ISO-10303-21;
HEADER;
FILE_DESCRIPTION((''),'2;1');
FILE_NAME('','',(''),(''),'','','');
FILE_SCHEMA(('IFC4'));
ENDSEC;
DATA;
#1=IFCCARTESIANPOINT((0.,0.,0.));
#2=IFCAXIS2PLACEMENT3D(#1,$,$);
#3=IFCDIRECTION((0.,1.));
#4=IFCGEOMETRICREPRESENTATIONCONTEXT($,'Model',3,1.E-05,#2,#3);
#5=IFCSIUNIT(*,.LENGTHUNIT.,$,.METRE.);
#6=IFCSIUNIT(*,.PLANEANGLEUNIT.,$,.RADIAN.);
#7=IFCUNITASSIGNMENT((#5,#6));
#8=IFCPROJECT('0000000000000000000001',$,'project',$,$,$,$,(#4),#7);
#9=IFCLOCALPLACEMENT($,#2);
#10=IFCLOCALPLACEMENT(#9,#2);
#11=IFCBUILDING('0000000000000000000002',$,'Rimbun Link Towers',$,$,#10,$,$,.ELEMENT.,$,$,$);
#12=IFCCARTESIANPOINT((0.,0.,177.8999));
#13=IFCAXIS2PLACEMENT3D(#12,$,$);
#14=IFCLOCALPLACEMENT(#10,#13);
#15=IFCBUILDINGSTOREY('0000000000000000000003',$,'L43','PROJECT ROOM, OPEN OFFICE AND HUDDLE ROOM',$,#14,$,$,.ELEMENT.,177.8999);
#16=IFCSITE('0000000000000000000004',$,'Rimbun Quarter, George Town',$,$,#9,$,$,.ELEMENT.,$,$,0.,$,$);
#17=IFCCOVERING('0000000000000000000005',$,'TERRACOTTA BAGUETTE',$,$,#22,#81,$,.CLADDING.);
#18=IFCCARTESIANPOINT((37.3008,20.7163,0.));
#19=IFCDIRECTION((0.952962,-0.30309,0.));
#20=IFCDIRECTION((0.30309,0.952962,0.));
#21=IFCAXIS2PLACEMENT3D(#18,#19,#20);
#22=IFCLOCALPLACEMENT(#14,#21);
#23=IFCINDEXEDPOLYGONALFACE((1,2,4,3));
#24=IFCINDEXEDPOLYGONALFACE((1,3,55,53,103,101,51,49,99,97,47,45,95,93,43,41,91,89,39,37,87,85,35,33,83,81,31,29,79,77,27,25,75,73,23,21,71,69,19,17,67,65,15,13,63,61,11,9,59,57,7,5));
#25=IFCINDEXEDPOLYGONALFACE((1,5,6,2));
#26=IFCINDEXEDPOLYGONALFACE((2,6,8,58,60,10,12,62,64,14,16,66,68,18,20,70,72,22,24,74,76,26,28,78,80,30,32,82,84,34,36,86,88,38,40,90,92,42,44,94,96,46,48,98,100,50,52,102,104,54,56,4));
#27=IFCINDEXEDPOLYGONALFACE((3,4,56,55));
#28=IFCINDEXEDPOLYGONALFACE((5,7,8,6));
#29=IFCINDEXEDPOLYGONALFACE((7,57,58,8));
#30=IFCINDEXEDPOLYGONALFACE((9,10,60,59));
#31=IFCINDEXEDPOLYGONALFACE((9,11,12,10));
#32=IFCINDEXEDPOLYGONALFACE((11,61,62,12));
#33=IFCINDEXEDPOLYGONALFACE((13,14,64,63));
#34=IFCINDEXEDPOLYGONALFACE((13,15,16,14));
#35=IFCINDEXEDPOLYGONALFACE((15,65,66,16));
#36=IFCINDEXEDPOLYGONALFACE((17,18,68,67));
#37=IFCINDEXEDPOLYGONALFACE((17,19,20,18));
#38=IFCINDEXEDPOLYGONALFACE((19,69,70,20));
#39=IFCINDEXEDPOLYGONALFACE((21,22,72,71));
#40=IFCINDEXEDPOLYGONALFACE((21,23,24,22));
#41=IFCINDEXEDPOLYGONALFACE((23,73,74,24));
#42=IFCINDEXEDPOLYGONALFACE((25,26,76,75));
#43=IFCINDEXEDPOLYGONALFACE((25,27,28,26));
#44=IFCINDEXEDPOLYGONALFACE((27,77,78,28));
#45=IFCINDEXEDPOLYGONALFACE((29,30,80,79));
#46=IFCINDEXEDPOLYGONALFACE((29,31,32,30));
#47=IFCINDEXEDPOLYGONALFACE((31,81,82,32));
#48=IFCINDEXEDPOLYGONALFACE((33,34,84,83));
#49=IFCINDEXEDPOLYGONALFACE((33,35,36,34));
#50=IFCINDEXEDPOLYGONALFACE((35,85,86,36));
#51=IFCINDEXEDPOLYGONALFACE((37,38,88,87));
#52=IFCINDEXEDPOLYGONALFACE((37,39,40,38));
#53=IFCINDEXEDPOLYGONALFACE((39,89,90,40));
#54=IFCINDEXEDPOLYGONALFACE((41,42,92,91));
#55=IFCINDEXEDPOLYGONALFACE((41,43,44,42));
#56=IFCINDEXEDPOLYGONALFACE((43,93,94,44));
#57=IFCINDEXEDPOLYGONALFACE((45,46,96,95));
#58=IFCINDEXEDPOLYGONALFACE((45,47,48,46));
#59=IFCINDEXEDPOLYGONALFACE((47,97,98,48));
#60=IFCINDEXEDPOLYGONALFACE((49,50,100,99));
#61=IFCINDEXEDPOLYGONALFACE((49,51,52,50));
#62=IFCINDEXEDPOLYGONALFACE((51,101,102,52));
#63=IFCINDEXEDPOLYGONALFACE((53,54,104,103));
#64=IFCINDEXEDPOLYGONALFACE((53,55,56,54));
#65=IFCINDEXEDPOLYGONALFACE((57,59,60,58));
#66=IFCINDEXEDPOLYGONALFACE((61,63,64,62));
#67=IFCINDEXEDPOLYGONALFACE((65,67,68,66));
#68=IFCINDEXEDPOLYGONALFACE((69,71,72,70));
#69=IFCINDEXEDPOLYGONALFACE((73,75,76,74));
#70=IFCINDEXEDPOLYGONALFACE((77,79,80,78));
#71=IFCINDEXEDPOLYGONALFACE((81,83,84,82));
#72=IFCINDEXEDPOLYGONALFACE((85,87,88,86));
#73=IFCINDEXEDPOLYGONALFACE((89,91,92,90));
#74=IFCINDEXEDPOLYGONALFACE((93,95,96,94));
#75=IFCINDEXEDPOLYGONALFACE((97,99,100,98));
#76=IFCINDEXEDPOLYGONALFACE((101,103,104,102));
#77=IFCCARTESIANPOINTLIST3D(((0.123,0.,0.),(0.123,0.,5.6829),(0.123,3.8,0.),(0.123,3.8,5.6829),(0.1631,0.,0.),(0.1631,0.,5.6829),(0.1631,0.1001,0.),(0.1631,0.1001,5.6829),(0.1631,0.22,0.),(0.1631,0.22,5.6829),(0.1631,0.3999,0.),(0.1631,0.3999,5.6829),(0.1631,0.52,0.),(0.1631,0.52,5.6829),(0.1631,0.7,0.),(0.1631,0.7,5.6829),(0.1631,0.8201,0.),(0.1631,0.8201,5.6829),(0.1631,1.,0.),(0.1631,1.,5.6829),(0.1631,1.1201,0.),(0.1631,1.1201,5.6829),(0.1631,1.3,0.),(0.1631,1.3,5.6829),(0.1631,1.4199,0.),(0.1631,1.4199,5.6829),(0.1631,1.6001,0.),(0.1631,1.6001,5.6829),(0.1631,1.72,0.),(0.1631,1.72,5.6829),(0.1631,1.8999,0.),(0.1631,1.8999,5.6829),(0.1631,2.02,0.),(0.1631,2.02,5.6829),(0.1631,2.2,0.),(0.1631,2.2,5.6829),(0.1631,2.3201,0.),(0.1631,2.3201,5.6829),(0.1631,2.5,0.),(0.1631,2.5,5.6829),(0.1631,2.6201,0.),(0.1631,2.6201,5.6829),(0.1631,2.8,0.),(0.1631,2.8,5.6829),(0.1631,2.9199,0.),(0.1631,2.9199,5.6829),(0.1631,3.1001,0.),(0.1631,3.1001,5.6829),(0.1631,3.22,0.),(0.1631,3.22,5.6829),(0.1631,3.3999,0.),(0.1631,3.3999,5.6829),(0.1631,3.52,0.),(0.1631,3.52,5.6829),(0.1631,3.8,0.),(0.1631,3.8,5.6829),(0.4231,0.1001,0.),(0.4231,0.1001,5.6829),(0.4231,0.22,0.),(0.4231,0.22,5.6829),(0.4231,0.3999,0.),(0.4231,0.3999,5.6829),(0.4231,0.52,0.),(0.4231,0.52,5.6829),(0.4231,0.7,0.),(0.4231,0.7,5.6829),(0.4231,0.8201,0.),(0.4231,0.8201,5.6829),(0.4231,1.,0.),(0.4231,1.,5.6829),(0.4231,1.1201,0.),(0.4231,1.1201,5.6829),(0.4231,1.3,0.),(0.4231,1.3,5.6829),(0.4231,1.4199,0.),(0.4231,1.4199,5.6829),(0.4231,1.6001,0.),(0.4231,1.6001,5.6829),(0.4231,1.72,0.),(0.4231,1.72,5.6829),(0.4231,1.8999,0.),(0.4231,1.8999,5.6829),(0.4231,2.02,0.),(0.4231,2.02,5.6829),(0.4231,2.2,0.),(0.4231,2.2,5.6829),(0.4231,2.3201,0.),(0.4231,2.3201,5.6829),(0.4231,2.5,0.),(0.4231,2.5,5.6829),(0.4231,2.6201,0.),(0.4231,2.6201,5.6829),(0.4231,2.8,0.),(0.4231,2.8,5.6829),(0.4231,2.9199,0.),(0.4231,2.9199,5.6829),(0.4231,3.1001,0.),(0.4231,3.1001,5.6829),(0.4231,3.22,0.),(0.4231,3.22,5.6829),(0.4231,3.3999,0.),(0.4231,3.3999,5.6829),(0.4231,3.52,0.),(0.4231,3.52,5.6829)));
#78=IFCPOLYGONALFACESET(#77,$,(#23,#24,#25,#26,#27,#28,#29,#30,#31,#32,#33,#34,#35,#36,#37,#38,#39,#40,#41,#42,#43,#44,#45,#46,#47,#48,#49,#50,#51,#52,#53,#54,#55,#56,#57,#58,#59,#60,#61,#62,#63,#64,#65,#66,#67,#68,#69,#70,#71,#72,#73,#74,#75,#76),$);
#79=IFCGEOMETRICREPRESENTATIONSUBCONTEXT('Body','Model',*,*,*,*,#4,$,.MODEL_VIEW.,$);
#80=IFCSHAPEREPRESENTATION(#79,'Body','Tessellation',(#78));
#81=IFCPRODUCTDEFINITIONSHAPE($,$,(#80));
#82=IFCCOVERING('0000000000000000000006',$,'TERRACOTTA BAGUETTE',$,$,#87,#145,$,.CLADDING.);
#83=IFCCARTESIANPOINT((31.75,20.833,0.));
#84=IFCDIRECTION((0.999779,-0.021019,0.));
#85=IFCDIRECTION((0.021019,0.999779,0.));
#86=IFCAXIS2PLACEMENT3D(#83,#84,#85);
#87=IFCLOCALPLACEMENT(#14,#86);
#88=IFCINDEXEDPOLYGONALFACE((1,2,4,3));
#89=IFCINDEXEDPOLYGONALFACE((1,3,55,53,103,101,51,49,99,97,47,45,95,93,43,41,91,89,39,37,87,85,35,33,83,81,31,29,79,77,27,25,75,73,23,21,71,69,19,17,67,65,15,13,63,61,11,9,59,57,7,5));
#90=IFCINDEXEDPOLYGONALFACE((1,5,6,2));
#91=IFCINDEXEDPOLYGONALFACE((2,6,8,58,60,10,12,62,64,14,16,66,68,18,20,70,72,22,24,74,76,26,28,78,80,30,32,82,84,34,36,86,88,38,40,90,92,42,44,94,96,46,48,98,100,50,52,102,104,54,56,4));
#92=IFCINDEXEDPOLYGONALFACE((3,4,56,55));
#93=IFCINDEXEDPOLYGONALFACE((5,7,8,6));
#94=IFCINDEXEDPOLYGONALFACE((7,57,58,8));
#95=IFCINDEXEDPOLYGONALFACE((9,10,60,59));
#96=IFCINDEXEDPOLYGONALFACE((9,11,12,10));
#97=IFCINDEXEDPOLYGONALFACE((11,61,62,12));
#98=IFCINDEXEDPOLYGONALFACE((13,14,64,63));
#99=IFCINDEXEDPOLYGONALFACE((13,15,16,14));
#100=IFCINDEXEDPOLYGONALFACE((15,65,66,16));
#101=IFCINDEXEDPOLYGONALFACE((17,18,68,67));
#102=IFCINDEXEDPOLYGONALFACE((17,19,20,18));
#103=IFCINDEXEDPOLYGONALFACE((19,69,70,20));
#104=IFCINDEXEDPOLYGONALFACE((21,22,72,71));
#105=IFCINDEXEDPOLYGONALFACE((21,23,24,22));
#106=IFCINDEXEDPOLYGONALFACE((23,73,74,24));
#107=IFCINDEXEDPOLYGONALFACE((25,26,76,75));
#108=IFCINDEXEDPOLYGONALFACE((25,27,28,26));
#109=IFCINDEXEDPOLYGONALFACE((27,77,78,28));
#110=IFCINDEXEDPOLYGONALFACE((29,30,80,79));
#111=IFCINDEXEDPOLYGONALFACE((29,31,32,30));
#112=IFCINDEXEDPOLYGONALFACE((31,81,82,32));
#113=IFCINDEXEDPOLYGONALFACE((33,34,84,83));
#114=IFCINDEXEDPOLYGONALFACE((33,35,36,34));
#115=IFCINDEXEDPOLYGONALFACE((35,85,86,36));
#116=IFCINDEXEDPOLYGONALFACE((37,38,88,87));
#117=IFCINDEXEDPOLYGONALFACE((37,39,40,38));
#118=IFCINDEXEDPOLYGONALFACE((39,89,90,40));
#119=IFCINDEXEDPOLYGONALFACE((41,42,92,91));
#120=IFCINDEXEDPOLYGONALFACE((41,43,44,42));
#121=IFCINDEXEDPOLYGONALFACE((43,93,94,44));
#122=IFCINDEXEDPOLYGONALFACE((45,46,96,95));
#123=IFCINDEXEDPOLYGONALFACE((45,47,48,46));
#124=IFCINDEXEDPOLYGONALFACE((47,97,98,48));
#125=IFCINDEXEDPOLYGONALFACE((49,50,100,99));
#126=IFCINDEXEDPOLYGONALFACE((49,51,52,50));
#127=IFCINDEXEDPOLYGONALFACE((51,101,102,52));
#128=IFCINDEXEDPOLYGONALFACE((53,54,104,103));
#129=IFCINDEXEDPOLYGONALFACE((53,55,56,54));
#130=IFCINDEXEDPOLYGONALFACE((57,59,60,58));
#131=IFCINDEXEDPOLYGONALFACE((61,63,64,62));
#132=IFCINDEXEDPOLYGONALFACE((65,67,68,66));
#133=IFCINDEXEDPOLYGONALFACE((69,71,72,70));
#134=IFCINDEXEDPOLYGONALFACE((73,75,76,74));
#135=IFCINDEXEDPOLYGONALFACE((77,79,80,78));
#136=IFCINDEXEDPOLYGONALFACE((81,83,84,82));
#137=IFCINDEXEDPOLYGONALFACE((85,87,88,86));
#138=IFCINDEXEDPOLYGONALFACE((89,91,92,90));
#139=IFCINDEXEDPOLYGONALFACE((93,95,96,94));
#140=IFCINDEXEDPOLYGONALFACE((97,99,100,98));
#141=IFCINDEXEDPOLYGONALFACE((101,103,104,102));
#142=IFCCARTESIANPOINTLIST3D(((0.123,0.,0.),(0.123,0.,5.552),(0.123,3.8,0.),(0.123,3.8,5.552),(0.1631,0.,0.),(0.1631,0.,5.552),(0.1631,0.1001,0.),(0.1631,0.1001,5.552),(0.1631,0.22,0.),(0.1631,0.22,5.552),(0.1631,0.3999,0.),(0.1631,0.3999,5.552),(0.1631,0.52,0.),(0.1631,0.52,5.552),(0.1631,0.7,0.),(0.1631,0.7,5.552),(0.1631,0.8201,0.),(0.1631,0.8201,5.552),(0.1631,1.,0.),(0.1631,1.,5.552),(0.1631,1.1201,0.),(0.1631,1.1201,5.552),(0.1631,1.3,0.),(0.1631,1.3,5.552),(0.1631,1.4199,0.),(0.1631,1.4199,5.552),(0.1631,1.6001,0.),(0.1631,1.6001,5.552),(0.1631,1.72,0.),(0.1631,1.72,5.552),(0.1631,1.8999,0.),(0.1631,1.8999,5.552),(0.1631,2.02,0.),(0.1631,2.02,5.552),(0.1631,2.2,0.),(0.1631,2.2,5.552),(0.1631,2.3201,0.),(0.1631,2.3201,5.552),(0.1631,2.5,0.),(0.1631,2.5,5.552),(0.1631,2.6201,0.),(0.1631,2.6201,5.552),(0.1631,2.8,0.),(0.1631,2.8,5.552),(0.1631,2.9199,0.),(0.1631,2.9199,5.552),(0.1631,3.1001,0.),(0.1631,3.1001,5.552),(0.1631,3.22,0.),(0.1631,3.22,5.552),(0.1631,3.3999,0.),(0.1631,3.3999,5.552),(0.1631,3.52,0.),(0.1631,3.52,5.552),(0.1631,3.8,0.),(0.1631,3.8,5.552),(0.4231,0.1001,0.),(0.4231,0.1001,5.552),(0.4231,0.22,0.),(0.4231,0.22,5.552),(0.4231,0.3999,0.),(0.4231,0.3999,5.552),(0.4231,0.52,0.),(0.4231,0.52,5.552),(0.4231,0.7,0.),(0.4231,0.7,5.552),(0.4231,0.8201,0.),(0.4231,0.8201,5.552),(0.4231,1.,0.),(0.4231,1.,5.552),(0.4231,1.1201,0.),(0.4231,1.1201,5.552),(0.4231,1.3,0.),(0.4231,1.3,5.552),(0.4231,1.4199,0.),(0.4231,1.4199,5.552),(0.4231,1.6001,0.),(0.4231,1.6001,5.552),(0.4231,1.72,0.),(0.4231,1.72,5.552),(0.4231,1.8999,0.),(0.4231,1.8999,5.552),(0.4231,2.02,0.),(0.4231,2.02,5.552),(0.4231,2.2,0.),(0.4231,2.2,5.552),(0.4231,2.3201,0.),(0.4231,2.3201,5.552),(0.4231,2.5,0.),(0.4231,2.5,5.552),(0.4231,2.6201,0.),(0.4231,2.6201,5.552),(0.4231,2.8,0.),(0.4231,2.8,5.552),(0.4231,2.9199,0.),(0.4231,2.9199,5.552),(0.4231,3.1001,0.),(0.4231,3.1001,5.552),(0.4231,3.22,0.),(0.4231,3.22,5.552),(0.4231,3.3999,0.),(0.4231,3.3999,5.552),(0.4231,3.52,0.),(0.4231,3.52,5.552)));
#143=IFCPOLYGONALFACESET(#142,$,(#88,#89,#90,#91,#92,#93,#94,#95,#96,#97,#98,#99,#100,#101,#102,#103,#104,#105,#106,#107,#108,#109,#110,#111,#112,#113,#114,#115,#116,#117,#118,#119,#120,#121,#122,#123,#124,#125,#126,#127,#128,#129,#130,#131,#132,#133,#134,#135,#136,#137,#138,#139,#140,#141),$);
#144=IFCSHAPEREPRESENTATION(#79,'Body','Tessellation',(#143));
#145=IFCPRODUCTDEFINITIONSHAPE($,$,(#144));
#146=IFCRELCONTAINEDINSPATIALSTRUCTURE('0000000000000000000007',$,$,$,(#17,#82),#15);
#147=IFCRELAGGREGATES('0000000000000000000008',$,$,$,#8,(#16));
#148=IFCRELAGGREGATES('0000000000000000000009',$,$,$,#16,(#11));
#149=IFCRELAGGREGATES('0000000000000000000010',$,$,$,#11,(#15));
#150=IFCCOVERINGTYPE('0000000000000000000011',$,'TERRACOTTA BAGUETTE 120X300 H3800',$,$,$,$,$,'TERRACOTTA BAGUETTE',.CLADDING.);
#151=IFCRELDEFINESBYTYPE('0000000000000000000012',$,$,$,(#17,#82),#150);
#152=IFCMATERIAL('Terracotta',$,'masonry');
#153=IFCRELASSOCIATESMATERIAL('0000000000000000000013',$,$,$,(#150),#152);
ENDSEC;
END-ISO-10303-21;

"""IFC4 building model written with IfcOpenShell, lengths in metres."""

from ifc_helpers import new_model, si_unit, direction, frame, origin, place, context, subcontext, project, spatial, polyline, outline, extrude, material, material_profile, profile_set, type_object, element, save


model = new_model("IFC4")

# Units and contexts
model_context = context("Model", 3, precision=1e-05, world=origin(), true_north=direction((0.0, 1.0)))
body_context = subcontext(model_context, "Body", "Model", "MODEL_VIEW")
ifc_project = project(units=[si_unit("LENGTHUNIT", "METRE"), si_unit("PLANEANGLEUNIT", "RADIAN")], contexts=[model_context])

# Site, building, storey
site_placement = place(None, origin())
site = spatial("IfcSite", under=ifc_project, at=site_placement, Name="Rimbun Quarter, George Town", CompositionType="ELEMENT", RefElevation=0.0)
building_placement = place(site_placement, origin())
building = spatial("IfcBuilding", under=site, at=building_placement, Name="Rimbun Link Towers", CompositionType="ELEMENT")
storey_placement = place(building_placement, frame((0.0, 0.0, 177.8999)))
storey = spatial("IfcBuildingStorey", under=building, at=storey_placement, Name="L43", Description="PROJECT ROOM, OPEN OFFICE AND HUDDLE ROOM", CompositionType="ELEMENT", Elevation=177.8999)

# Coverings
ifc_material_1 = material(Name="Terracotta", Category="masonry")
ifc_material_profile_1 = material_profile(ifc_material_1, outline(polyline([(0.123, 0.0), (0.1631, 0.0), (0.1631, 0.1001), (0.4231, 0.1001), (0.4231, 0.22), (0.1631, 0.22), (0.1631, 0.3999), (0.4231, 0.3999), (0.4231, 0.52), (0.1631, 0.52), (0.1631, 0.7), (0.4231, 0.7), (0.4231, 0.8201), (0.1631, 0.8201), (0.1631, 1.0), (0.4231, 1.0), (0.4231, 1.1201), (0.1631, 1.1201), (0.1631, 1.3), (0.4231, 1.3), (0.4231, 1.4199), (0.1631, 1.4199), (0.1631, 1.6001), (0.4231, 1.6001), (0.4231, 1.72), (0.1631, 1.72), (0.1631, 1.8999), (0.4231, 1.8999), (0.4231, 2.02), (0.1631, 2.02), (0.1631, 2.2), (0.4231, 2.2), (0.4231, 2.3201), (0.1631, 2.3201), (0.1631, 2.5), (0.4231, 2.5), (0.4231, 2.6201), (0.1631, 2.6201), (0.1631, 2.8), (0.4231, 2.8), (0.4231, 2.9199), (0.1631, 2.9199), (0.1631, 3.1001), (0.4231, 3.1001), (0.4231, 3.22), (0.1631, 3.22), (0.1631, 3.3999), (0.4231, 3.3999), (0.4231, 3.52), (0.1631, 3.52), (0.1631, 3.8), (0.123, 3.8), (0.123, 0.0)])), Name="BAGUETTE 120X300")
ifc_profile_set_1 = profile_set([ifc_material_profile_1], Name="Terracotta")
covering_type = type_object("IfcCoveringType", Name="TERRACOTTA BAGUETTE 120X300 H3800", ElementType="TERRACOTTA BAGUETTE", PredefinedType="CLADDING", material=ifc_profile_set_1)
covering_1_placement = place(storey_placement, frame((37.3008, 20.7163, 0.0), z_axis=(0.952962, -0.30309, 0.0), x_axis=(0.30309, 0.952962, 0.0)))
element("IfcCovering", 1, at=covering_1_placement, inside=storey, type_object=covering_type, Name="TERRACOTTA BAGUETTE", PredefinedType="CLADDING", context=body_context, shape_type="SweptSolid", body=[
    extrude(outline(polyline([(0.123, 0.0), (0.1631, 0.0), (0.1631, 0.1001), (0.4231, 0.1001), (0.4231, 0.22), (0.1631, 0.22), (0.1631, 0.3999), (0.4231, 0.3999), (0.4231, 0.52), (0.1631, 0.52), (0.1631, 0.7), (0.4231, 0.7), (0.4231, 0.8201), (0.1631, 0.8201), (0.1631, 1.0), (0.4231, 1.0), (0.4231, 1.1201), (0.1631, 1.1201), (0.1631, 1.3), (0.4231, 1.3), (0.4231, 1.4199), (0.1631, 1.4199), (0.1631, 1.6001), (0.4231, 1.6001), (0.4231, 1.72), (0.1631, 1.72), (0.1631, 1.8999), (0.4231, 1.8999), (0.4231, 2.02), (0.1631, 2.02), (0.1631, 2.2), (0.4231, 2.2), (0.4231, 2.3201), (0.1631, 2.3201), (0.1631, 2.5), (0.4231, 2.5), (0.4231, 2.6201), (0.1631, 2.6201), (0.1631, 2.8), (0.4231, 2.8), (0.4231, 2.9199), (0.1631, 2.9199), (0.1631, 3.1001), (0.4231, 3.1001), (0.4231, 3.22), (0.1631, 3.22), (0.1631, 3.3999), (0.4231, 3.3999), (0.4231, 3.52), (0.1631, 3.52), (0.1631, 3.8), (0.123, 3.8), (0.123, 0.0)])), origin(), (0.0, 0.0, 1.0), 5.6829),
])
covering_2_placement = place(storey_placement, frame((31.75, 20.833, 0.0), z_axis=(0.999779, -0.021019, 0.0), x_axis=(0.021019, 0.999779, 0.0)))
element("IfcCovering", 2, at=covering_2_placement, inside=storey, type_object=covering_type, Name="TERRACOTTA BAGUETTE", PredefinedType="CLADDING", context=body_context, shape_type="SweptSolid", body=[
    extrude(outline(polyline([(0.123, 0.0), (0.1631, 0.0), (0.1631, 0.1001), (0.4231, 0.1001), (0.4231, 0.22), (0.1631, 0.22), (0.1631, 0.3999), (0.4231, 0.3999), (0.4231, 0.52), (0.1631, 0.52), (0.1631, 0.7), (0.4231, 0.7), (0.4231, 0.8201), (0.1631, 0.8201), (0.1631, 1.0), (0.4231, 1.0), (0.4231, 1.1201), (0.1631, 1.1201), (0.1631, 1.3), (0.4231, 1.3), (0.4231, 1.4199), (0.1631, 1.4199), (0.1631, 1.6001), (0.4231, 1.6001), (0.4231, 1.72), (0.1631, 1.72), (0.1631, 1.8999), (0.4231, 1.8999), (0.4231, 2.02), (0.1631, 2.02), (0.1631, 2.2), (0.4231, 2.2), (0.4231, 2.3201), (0.1631, 2.3201), (0.1631, 2.5), (0.4231, 2.5), (0.4231, 2.6201), (0.1631, 2.6201), (0.1631, 2.8), (0.4231, 2.8), (0.4231, 2.9199), (0.1631, 2.9199), (0.1631, 3.1001), (0.4231, 3.1001), (0.4231, 3.22), (0.1631, 3.22), (0.1631, 3.3999), (0.4231, 3.3999), (0.4231, 3.52), (0.1631, 3.52), (0.1631, 3.8), (0.123, 3.8), (0.123, 0.0)])), origin(), (0.0, 0.0, 1.0), 5.552),
])

save(model, "model.ifc")
